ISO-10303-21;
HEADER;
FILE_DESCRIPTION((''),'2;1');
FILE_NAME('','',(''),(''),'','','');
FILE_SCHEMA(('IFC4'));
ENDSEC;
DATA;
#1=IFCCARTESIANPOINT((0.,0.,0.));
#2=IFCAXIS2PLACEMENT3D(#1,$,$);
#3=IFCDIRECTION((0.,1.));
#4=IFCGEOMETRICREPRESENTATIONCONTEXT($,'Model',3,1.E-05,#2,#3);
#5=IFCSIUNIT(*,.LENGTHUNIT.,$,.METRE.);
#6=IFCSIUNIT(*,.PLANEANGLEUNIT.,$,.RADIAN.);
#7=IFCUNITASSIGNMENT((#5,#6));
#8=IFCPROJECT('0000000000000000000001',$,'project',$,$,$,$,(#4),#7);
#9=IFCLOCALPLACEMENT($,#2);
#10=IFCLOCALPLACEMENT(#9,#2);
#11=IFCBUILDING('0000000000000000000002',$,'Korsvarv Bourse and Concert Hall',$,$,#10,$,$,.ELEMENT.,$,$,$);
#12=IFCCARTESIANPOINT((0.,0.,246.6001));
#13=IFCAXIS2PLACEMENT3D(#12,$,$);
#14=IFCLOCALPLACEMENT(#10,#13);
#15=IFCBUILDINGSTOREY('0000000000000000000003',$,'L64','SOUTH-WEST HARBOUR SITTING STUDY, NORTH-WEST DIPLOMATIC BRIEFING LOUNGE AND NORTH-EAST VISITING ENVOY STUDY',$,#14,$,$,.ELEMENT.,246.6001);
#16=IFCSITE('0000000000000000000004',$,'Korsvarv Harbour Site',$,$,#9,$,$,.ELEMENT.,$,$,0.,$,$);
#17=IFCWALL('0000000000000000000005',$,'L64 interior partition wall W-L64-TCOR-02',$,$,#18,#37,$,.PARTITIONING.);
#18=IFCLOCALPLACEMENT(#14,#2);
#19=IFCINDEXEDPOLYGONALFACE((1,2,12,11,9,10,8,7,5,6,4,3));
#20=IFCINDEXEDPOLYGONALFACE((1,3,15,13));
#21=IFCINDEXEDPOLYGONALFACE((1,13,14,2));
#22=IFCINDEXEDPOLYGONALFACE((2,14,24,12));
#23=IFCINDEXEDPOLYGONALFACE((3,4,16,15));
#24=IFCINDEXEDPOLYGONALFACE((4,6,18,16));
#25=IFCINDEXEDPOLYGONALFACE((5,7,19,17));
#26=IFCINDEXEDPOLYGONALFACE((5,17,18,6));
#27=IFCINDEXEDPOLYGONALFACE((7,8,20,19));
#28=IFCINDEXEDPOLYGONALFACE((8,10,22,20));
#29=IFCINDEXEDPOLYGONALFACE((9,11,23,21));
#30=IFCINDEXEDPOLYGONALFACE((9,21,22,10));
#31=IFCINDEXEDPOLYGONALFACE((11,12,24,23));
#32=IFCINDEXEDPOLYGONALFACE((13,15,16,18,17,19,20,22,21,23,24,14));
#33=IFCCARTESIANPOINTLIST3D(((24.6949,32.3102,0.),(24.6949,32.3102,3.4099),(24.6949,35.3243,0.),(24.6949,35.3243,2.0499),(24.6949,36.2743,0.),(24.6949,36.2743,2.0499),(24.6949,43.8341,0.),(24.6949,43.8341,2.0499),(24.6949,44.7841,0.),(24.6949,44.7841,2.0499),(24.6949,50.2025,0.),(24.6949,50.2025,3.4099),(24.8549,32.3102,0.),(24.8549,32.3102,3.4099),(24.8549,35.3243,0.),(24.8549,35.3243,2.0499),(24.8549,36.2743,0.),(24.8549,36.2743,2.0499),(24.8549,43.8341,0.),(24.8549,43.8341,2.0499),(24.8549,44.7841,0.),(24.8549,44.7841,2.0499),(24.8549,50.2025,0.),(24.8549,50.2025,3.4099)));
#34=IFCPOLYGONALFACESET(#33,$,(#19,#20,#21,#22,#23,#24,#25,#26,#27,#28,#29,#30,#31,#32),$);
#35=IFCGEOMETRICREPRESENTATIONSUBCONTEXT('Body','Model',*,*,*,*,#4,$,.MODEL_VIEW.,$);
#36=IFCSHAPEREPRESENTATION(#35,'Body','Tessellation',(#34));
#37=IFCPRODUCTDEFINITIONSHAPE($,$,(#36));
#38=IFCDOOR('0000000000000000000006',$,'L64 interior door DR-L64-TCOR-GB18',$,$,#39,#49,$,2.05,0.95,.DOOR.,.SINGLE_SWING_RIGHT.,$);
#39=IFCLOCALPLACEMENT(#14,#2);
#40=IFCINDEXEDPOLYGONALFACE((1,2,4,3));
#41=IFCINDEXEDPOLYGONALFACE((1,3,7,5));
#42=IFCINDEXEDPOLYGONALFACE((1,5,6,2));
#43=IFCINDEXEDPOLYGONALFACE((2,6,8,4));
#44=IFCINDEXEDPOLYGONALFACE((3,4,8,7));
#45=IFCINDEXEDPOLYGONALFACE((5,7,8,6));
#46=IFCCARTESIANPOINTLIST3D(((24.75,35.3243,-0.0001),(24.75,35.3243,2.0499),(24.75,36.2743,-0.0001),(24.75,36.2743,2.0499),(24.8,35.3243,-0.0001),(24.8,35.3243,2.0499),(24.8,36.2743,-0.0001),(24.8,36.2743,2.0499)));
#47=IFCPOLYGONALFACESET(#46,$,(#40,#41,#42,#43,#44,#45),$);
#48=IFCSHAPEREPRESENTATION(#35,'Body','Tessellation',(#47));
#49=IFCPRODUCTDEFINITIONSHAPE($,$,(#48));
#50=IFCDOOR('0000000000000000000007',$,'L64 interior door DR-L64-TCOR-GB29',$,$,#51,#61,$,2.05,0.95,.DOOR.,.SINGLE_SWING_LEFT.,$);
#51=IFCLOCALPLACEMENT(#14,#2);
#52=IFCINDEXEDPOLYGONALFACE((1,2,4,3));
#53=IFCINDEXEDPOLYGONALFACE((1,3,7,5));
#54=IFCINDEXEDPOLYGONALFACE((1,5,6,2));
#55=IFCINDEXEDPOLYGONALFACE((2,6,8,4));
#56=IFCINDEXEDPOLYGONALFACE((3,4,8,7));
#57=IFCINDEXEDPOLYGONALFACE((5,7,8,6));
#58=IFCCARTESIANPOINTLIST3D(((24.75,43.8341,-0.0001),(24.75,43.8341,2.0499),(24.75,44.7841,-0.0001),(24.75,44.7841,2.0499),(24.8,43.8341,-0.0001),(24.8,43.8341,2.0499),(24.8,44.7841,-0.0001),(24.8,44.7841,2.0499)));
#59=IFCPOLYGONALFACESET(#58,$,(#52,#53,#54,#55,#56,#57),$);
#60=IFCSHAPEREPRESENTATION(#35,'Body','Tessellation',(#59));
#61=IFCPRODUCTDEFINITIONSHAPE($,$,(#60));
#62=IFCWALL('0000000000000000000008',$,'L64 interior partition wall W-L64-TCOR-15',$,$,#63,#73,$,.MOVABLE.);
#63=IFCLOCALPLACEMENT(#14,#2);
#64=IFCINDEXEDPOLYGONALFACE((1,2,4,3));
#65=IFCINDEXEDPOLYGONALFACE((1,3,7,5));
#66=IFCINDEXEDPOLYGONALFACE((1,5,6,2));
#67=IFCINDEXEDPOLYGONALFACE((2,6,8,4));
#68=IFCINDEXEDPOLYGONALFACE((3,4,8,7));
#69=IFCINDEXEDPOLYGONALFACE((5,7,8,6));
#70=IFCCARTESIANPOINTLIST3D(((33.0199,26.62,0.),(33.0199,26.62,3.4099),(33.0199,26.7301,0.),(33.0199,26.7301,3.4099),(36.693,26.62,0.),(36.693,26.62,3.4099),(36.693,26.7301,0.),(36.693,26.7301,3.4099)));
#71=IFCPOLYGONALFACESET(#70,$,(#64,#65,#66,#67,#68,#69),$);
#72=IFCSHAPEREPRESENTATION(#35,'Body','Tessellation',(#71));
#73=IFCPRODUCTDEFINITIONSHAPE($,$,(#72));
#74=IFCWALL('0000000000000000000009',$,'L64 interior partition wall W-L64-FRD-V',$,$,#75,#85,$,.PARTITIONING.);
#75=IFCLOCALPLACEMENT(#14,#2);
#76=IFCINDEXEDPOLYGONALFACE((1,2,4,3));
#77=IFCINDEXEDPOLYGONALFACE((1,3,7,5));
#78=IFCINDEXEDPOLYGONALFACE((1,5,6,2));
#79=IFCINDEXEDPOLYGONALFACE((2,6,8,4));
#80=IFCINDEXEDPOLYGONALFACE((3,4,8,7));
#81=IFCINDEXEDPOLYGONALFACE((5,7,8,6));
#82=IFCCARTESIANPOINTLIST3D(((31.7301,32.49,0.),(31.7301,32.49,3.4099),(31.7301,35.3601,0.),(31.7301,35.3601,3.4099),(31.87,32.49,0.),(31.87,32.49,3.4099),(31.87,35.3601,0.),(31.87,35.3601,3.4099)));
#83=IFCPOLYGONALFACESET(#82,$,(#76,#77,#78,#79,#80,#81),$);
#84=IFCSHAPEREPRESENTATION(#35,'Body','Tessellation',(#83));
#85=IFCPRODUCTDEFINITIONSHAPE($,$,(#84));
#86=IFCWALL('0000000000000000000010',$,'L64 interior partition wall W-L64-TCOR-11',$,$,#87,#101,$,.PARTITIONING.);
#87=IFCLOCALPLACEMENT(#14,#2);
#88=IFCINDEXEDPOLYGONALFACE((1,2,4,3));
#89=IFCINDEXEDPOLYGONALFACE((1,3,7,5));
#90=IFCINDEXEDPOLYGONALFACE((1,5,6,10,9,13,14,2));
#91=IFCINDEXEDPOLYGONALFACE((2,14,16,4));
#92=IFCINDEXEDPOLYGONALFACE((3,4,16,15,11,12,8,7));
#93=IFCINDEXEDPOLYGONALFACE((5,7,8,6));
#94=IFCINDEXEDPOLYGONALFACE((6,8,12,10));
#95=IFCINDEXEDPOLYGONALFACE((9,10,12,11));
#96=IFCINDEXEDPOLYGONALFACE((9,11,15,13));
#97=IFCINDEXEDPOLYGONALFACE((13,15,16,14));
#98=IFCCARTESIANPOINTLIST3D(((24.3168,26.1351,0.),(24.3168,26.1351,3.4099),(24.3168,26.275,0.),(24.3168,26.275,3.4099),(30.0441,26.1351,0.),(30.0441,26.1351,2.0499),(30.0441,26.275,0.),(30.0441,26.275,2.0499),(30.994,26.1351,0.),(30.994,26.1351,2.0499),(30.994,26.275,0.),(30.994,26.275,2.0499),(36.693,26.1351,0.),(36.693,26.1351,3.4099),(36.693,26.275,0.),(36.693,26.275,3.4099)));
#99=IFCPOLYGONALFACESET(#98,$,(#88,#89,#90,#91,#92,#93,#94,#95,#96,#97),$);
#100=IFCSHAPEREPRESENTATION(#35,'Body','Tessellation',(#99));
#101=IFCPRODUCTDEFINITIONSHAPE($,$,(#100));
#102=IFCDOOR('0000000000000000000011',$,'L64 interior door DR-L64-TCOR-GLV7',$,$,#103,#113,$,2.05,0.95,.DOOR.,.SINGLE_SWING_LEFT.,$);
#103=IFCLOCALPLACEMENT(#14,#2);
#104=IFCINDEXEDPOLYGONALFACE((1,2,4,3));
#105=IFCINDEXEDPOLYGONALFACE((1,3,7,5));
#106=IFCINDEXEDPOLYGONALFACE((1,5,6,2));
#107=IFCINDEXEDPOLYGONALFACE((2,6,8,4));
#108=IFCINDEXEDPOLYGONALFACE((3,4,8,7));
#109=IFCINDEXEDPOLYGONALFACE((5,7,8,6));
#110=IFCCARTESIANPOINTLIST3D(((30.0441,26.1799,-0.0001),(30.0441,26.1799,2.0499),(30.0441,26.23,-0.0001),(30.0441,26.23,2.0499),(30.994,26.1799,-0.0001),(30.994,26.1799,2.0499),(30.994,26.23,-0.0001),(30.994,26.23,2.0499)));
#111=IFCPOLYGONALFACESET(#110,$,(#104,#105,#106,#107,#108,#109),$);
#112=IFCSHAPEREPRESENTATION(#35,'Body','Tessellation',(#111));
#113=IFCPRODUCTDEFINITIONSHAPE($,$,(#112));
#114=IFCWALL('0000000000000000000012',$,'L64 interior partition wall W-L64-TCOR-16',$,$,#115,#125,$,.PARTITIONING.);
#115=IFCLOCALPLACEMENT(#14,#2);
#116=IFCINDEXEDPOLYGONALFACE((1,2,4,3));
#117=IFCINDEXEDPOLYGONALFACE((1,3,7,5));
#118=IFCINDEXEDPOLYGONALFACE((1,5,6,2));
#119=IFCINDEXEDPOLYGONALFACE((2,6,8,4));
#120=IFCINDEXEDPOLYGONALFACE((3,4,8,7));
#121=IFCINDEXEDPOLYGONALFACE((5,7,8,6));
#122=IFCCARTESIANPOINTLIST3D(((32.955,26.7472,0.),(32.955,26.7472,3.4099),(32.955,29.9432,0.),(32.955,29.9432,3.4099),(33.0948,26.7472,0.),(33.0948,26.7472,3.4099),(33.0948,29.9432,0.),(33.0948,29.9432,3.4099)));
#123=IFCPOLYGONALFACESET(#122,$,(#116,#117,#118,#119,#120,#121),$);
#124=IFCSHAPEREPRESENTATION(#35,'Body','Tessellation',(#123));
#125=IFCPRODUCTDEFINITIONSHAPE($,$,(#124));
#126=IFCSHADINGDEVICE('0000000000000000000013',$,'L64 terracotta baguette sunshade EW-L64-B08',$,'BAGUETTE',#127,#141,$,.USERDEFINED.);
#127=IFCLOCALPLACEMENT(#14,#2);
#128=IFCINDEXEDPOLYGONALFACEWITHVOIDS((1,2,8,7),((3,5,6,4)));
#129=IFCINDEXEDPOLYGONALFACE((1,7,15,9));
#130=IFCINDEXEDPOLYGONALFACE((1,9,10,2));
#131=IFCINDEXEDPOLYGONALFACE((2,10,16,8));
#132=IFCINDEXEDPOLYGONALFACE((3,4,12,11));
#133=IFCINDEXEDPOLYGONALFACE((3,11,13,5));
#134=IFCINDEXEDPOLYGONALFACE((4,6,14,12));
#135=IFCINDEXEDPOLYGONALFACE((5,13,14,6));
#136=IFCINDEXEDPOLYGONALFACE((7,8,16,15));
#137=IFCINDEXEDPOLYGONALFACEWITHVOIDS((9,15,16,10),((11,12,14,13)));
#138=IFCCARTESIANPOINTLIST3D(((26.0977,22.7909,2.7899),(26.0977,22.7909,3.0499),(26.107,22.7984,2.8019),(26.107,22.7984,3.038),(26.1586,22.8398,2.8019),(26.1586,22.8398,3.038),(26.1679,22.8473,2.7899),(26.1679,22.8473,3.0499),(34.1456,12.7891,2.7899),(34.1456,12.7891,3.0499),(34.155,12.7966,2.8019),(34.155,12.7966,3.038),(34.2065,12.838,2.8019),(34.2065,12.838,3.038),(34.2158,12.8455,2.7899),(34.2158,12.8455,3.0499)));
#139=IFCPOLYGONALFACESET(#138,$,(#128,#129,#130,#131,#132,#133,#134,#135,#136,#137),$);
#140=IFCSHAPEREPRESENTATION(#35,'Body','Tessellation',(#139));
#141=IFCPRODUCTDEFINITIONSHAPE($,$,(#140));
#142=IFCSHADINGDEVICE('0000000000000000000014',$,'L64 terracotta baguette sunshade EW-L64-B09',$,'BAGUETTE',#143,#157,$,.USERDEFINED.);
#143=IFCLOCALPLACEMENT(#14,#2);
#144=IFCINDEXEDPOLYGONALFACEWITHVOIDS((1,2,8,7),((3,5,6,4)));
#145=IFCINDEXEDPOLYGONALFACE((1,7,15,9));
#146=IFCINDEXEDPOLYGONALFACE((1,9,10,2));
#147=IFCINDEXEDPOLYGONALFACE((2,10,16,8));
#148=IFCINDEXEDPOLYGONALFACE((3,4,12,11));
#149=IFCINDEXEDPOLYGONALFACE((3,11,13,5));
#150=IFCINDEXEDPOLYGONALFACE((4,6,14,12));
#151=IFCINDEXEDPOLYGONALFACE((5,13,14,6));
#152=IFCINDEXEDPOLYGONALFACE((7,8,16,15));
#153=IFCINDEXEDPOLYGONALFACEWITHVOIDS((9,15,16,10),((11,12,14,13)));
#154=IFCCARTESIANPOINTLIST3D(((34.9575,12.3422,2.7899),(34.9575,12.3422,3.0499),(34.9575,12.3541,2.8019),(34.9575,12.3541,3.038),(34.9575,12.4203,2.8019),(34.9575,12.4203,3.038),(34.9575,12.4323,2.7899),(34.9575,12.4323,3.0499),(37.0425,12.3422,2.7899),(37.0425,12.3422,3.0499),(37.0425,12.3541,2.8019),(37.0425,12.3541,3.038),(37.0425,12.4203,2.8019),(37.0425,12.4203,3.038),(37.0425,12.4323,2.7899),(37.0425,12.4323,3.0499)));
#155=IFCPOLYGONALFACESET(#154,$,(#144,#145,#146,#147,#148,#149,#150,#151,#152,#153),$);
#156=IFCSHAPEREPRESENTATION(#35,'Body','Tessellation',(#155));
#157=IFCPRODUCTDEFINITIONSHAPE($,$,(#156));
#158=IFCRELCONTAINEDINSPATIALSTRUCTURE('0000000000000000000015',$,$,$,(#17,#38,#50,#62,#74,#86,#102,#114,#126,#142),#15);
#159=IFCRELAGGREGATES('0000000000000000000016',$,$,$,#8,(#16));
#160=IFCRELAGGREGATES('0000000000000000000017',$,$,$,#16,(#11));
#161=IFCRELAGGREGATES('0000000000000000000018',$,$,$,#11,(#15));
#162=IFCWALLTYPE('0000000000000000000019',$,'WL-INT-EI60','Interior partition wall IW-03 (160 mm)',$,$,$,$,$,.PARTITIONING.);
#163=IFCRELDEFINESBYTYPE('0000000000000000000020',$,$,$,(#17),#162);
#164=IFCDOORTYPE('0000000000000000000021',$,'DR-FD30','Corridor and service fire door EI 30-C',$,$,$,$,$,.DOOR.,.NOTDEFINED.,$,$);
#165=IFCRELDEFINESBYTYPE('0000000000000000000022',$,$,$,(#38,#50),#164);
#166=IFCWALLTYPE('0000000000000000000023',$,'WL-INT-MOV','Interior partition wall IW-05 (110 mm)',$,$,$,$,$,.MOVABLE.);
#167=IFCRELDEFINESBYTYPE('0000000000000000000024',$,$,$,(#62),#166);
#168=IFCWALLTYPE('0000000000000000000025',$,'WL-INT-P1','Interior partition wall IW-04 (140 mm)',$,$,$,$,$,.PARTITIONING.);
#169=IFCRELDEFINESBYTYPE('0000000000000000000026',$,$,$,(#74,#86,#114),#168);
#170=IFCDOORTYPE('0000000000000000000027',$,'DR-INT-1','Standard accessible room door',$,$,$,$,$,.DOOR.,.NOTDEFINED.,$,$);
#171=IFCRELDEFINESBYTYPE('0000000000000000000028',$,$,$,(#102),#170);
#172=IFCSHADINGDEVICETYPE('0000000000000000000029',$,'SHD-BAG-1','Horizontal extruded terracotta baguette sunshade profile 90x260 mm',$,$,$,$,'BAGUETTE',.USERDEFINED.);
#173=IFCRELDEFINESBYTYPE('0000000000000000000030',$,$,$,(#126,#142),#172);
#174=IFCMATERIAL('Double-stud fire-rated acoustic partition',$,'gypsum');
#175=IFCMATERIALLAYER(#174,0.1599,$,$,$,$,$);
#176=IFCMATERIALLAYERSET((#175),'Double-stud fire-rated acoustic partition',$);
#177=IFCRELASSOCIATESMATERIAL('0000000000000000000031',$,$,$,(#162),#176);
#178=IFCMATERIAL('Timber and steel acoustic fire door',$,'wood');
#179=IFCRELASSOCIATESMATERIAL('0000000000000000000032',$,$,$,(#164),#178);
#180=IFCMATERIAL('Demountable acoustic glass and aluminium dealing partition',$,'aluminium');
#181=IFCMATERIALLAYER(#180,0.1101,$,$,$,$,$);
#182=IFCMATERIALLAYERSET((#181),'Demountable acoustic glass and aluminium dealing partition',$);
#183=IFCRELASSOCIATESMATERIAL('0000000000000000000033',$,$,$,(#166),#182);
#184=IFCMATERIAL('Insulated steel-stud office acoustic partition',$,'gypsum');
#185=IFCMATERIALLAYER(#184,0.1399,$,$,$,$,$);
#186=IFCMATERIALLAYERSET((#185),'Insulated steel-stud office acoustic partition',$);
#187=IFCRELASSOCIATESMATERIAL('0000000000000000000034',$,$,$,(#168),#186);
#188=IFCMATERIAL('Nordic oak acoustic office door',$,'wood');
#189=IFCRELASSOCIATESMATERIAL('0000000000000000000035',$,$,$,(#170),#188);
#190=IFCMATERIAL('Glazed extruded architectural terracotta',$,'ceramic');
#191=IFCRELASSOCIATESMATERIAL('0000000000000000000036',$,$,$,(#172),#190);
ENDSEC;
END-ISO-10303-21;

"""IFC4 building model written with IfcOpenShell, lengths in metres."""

from ifc_helpers import new_model, si_unit, direction, frame, frame_2d, origin, origin_2d, place, context, subcontext, project, spatial, rectangle, hollow_rectangle, extrude, source, transform, mapped, material, layer, layer_set, material_profile, profile_set, type_object, element, fill, save


model = new_model("IFC4")

# Units and contexts
model_context = context("Model", 3, precision=1e-05, world=origin(), true_north=direction((0.0, 1.0)))
body_context = subcontext(model_context, "Body", "Model", "MODEL_VIEW")
ifc_project = project(units=[si_unit("LENGTHUNIT", "METRE"), si_unit("PLANEANGLEUNIT", "RADIAN")], contexts=[model_context])

# Site, building, storey
site_placement = place(None, origin())
site = spatial("IfcSite", under=ifc_project, at=site_placement, Name="Korsvarv Harbour Site", CompositionType="ELEMENT", RefElevation=0.0)
building_placement = place(site_placement, origin())
building = spatial("IfcBuilding", under=site, at=building_placement, Name="Korsvarv Bourse and Concert Hall", CompositionType="ELEMENT")
storey_placement = place(building_placement, frame((0.0, 0.0, 246.6001)))
storey = spatial("IfcBuildingStorey", under=building, at=storey_placement, Name="L64", Description="SOUTH-WEST HARBOUR SITTING STUDY, NORTH-WEST DIPLOMATIC BRIEFING LOUNGE AND NORTH-EAST VISITING ENVOY STUDY", CompositionType="ELEMENT", Elevation=246.6001)

# Shared definitions
ifc_material_1 = material(Name="Double-stud fire-rated acoustic partition", Category="gypsum")
ifc_layer_1 = layer(ifc_material_1, 0.1599)
ifc_layer_set_1 = layer_set([ifc_layer_1], Name="Double-stud fire-rated acoustic partition")
wall_type_1 = type_object("IfcWallType", Name="WL-INT-EI60", Description="Interior partition wall IW-03 (160 mm)", PredefinedType="PARTITIONING", material=ifc_layer_set_1)

# Wall, openings, doors
wall_1_placement = place(storey_placement, frame((24.7749, 32.3101, 0.0), z_axis=(0.0, 0.0, 1.0), x_axis=(0.0, 1.0, 0.0)))
wall_1 = element("IfcWall", 1, at=wall_1_placement, inside=storey, type_object=wall_type_1, Name="L64 interior partition wall W-L64-TCOR-02", PredefinedType="PARTITIONING", context=body_context, shape_type="SweptSolid", body=[
    extrude(rectangle(XDim=17.8923, YDim=0.1599, at=frame_2d((8.9463, 0.0))), origin(), (0.0, 0.0, 1.0), 3.4099),
])
opening_1_placement = place(wall_1_placement, frame((3.0142, 0.0, 0.0)))
opening_1 = element("IfcOpeningElement", 2, at=opening_1_placement, cuts=wall_1, PredefinedType="OPENING", context=body_context, shape_type="SweptSolid", body=[
    extrude(rectangle(XDim=0.95, YDim=2.05, at=frame_2d((0.4751, 1.0249))), frame((0.0, 0.0898, 0.0), z_axis=(0.0, -1.0, 0.0), x_axis=(1.0, 0.0, 0.0)), (0.0, 0.0, 1.0), 0.1799),
])
opening_2_placement = place(wall_1_placement, frame((11.5239, 0.0, 0.0)))
opening_2 = element("IfcOpeningElement", 3, at=opening_2_placement, cuts=wall_1, PredefinedType="OPENING", context=body_context, shape_type="SweptSolid", body=[
    extrude(rectangle(XDim=0.95, YDim=2.05, at=frame_2d((0.4751, 1.0249))), frame((0.0, 0.0898, 0.0), z_axis=(0.0, -1.0, 0.0), x_axis=(1.0, 0.0, 0.0)), (0.0, 0.0, 1.0), 0.1799),
])
ifc_material_2 = material(Name="Timber and steel acoustic fire door", Category="wood")
door_type_1 = type_object("IfcDoorType", Name="DR-FD30", Description="Corridor and service fire door EI 30-C", OperationType="NOTDEFINED", PredefinedType="DOOR", material=ifc_material_2)
door_1_placement = place(opening_1_placement, origin())
door_1 = element("IfcDoor", 4, at=door_1_placement, inside=storey, type_object=door_type_1, Name="L64 interior door DR-L64-TCOR-GB18", OperationType="SINGLE_SWING_RIGHT", OverallHeight=2.05, OverallWidth=0.95, PredefinedType="DOOR", context=body_context, shape_type="SweptSolid", body=[
    extrude(rectangle(XDim=0.95, YDim=2.05, at=frame_2d((0.4751, 1.0249))), frame((0.0, 0.0249, 0.0), z_axis=(0.0, -1.0, 0.0), x_axis=(1.0, 0.0, 0.0)), (0.0, 0.0, 1.0), 0.05),
])
fill(opening_1, door_1)
door_2_placement = place(opening_2_placement, origin())
door_2 = element("IfcDoor", 5, at=door_2_placement, inside=storey, type_object=door_type_1, Name="L64 interior door DR-L64-TCOR-GB29", OperationType="SINGLE_SWING_LEFT", OverallHeight=2.05, OverallWidth=0.95, PredefinedType="DOOR", context=body_context, shape_type="SweptSolid", body=[
    extrude(rectangle(XDim=0.95, YDim=2.05, at=frame_2d((0.4751, 1.0249))), frame((0.0, 0.0249, 0.0), z_axis=(0.0, -1.0, 0.0), x_axis=(1.0, 0.0, 0.0)), (0.0, 0.0, 1.0), 0.05),
])
fill(opening_2, door_2)

# Walls
ifc_material_3 = material(Name="Demountable acoustic glass and aluminium dealing partition", Category="aluminium")
ifc_layer_2 = layer(ifc_material_3, 0.1101)
ifc_layer_set_2 = layer_set([ifc_layer_2], Name="Demountable acoustic glass and aluminium dealing partition")
wall_type_2 = type_object("IfcWallType", Name="WL-INT-MOV", Description="Interior partition wall IW-05 (110 mm)", PredefinedType="MOVABLE", material=ifc_layer_set_2)
wall_2_placement = place(storey_placement, frame((33.02, 26.675, 0.0), z_axis=(0.0, 0.0, 1.0), x_axis=(1.0, 0.0, 0.0)))
element("IfcWall", 6, at=wall_2_placement, inside=storey, type_object=wall_type_2, Name="L64 interior partition wall W-L64-TCOR-15", PredefinedType="MOVABLE", context=body_context, shape_type="SweptSolid", body=[
    extrude(rectangle(XDim=3.6731, YDim=0.1101, at=frame_2d((1.8364, 0.0))), origin(), (0.0, 0.0, 1.0), 3.4099),
])
ifc_material_4 = material(Name="Insulated steel-stud office acoustic partition", Category="gypsum")
ifc_layer_3 = layer(ifc_material_4, 0.1399)
ifc_layer_set_3 = layer_set([ifc_layer_3], Name="Insulated steel-stud office acoustic partition")
wall_type_3 = type_object("IfcWallType", Name="WL-INT-P1", Description="Interior partition wall IW-04 (140 mm)", PredefinedType="PARTITIONING", material=ifc_layer_set_3)
wall_3_placement = place(storey_placement, frame((31.8, 32.49, 0.0), z_axis=(0.0, 0.0, 1.0), x_axis=(0.0, 1.0, 0.0)))
element("IfcWall", 7, at=wall_3_placement, inside=storey, type_object=wall_type_3, Name="L64 interior partition wall W-L64-FRD-V", PredefinedType="PARTITIONING", context=body_context, shape_type="SweptSolid", body=[
    extrude(rectangle(XDim=2.8701, YDim=0.1399, at=frame_2d((1.4351, 0.0))), origin(), (0.0, 0.0, 1.0), 3.4099),
])

# Wall, opening, door
wall_4_placement = place(storey_placement, frame((24.3169, 26.2051, 0.0), z_axis=(0.0, 0.0, 1.0), x_axis=(1.0, 0.0, 0.0)))
wall_4 = element("IfcWall", 8, at=wall_4_placement, inside=storey, type_object=wall_type_3, Name="L64 interior partition wall W-L64-TCOR-11", PredefinedType="PARTITIONING", context=body_context, shape_type="SweptSolid", body=[
    extrude(rectangle(XDim=12.3762, YDim=0.1399, at=frame_2d((6.188, 0.0))), origin(), (0.0, 0.0, 1.0), 3.4099),
])
opening_3_placement = place(wall_4_placement, frame((5.7271, 0.0, 0.0)))
opening_3 = element("IfcOpeningElement", 9, at=opening_3_placement, cuts=wall_4, PredefinedType="OPENING", context=body_context, shape_type="SweptSolid", body=[
    extrude(rectangle(XDim=0.95, YDim=2.05, at=frame_2d((0.4751, 1.0249))), frame((0.0, 0.0801, 0.0), z_axis=(0.0, -1.0, 0.0), x_axis=(1.0, 0.0, 0.0)), (0.0, 0.0, 1.0), 0.1599),
])
ifc_material_5 = material(Name="Nordic oak acoustic office door", Category="wood")
door_type_2 = type_object("IfcDoorType", Name="DR-INT-1", Description="Standard accessible room door", OperationType="NOTDEFINED", PredefinedType="DOOR", material=ifc_material_5)
door_3_placement = place(opening_3_placement, origin())
door_3 = element("IfcDoor", 10, at=door_3_placement, inside=storey, type_object=door_type_2, Name="L64 interior door DR-L64-TCOR-GLV7", OperationType="SINGLE_SWING_LEFT", OverallHeight=2.05, OverallWidth=0.95, PredefinedType="DOOR", context=body_context, shape_type="SweptSolid", body=[
    extrude(rectangle(XDim=0.95, YDim=2.05, at=frame_2d((0.4751, 1.0249))), frame((0.0, 0.0249, 0.0), z_axis=(0.0, -1.0, 0.0), x_axis=(1.0, 0.0, 0.0)), (0.0, 0.0, 1.0), 0.05),
])
fill(opening_3, door_3)

# Wall
wall_5_placement = place(storey_placement, frame((33.0249, 26.7471, 0.0), z_axis=(0.0, 0.0, 1.0), x_axis=(0.0, 1.0, 0.0)))
element("IfcWall", 11, at=wall_5_placement, inside=storey, type_object=wall_type_3, Name="L64 interior partition wall W-L64-TCOR-16", PredefinedType="PARTITIONING", context=body_context, shape_type="SweptSolid", body=[
    extrude(rectangle(XDim=3.196, YDim=0.1399, at=frame_2d((1.5981, 0.0))), origin(), (0.0, 0.0, 1.0), 3.4099),
])

# Shading devices
ifc_material_6 = material(Name="Glazed extruded architectural terracotta", Category="ceramic")
ifc_material_profile_1 = material_profile(ifc_material_6, hollow_rectangle(XDim=0.0901, YDim=0.26, WallThickness=0.012, at=origin_2d()), Name="TC-BAG 90x260")
ifc_profile_set_1 = profile_set([ifc_material_profile_1], Name="Glazed extruded architectural terracotta")
shading_device_type = type_object("IfcShadingDeviceType", Name="SHD-BAG-1", Description="Horizontal extruded terracotta baguette sunshade profile 90x260 mm", ElementType="BAGUETTE", PredefinedType="USERDEFINED", material=ifc_profile_set_1)
shared_shape_1 = source(origin(), body_context, "Body", "SweptSolid", [
    extrude(hollow_rectangle(XDim=0.0901, YDim=0.26, WallThickness=0.012, at=origin_2d()), origin(), (0.0, 0.0, 1.0), 12.8376),
])
shading_device_1_placement = place(storey_placement, frame((26.1328, 22.8191, 2.9199), z_axis=(0.6269, -0.779099, 0.0), x_axis=(0.779099, 0.6269, 0.0)))
element("IfcShadingDevice", 12, at=shading_device_1_placement, inside=storey, type_object=shading_device_type, Name="L64 terracotta baguette sunshade EW-L64-B08", ObjectType="BAGUETTE", PredefinedType="USERDEFINED", context=body_context, shape_type="MappedRepresentation", body=[
    mapped(shared_shape_1, transform((0.0, 0.0, 0.0), scale=1.0)),
])
shared_shape_2 = source(origin(), body_context, "Body", "SweptSolid", [
    extrude(hollow_rectangle(XDim=0.0901, YDim=0.26, WallThickness=0.012, at=origin_2d()), origin(), (0.0, 0.0, 1.0), 2.085),
])
shading_device_2_placement = place(storey_placement, frame((34.9575, 12.3872, 2.9199), z_axis=(1.0, 0.0, 0.0), x_axis=(0.0, 1.0, 0.0)))
element("IfcShadingDevice", 13, at=shading_device_2_placement, inside=storey, type_object=shading_device_type, Name="L64 terracotta baguette sunshade EW-L64-B09", ObjectType="BAGUETTE", PredefinedType="USERDEFINED", context=body_context, shape_type="MappedRepresentation", body=[
    mapped(shared_shape_2, transform((0.0, 0.0, 0.0), scale=1.0)),
])

save(model, "model.ifc")
